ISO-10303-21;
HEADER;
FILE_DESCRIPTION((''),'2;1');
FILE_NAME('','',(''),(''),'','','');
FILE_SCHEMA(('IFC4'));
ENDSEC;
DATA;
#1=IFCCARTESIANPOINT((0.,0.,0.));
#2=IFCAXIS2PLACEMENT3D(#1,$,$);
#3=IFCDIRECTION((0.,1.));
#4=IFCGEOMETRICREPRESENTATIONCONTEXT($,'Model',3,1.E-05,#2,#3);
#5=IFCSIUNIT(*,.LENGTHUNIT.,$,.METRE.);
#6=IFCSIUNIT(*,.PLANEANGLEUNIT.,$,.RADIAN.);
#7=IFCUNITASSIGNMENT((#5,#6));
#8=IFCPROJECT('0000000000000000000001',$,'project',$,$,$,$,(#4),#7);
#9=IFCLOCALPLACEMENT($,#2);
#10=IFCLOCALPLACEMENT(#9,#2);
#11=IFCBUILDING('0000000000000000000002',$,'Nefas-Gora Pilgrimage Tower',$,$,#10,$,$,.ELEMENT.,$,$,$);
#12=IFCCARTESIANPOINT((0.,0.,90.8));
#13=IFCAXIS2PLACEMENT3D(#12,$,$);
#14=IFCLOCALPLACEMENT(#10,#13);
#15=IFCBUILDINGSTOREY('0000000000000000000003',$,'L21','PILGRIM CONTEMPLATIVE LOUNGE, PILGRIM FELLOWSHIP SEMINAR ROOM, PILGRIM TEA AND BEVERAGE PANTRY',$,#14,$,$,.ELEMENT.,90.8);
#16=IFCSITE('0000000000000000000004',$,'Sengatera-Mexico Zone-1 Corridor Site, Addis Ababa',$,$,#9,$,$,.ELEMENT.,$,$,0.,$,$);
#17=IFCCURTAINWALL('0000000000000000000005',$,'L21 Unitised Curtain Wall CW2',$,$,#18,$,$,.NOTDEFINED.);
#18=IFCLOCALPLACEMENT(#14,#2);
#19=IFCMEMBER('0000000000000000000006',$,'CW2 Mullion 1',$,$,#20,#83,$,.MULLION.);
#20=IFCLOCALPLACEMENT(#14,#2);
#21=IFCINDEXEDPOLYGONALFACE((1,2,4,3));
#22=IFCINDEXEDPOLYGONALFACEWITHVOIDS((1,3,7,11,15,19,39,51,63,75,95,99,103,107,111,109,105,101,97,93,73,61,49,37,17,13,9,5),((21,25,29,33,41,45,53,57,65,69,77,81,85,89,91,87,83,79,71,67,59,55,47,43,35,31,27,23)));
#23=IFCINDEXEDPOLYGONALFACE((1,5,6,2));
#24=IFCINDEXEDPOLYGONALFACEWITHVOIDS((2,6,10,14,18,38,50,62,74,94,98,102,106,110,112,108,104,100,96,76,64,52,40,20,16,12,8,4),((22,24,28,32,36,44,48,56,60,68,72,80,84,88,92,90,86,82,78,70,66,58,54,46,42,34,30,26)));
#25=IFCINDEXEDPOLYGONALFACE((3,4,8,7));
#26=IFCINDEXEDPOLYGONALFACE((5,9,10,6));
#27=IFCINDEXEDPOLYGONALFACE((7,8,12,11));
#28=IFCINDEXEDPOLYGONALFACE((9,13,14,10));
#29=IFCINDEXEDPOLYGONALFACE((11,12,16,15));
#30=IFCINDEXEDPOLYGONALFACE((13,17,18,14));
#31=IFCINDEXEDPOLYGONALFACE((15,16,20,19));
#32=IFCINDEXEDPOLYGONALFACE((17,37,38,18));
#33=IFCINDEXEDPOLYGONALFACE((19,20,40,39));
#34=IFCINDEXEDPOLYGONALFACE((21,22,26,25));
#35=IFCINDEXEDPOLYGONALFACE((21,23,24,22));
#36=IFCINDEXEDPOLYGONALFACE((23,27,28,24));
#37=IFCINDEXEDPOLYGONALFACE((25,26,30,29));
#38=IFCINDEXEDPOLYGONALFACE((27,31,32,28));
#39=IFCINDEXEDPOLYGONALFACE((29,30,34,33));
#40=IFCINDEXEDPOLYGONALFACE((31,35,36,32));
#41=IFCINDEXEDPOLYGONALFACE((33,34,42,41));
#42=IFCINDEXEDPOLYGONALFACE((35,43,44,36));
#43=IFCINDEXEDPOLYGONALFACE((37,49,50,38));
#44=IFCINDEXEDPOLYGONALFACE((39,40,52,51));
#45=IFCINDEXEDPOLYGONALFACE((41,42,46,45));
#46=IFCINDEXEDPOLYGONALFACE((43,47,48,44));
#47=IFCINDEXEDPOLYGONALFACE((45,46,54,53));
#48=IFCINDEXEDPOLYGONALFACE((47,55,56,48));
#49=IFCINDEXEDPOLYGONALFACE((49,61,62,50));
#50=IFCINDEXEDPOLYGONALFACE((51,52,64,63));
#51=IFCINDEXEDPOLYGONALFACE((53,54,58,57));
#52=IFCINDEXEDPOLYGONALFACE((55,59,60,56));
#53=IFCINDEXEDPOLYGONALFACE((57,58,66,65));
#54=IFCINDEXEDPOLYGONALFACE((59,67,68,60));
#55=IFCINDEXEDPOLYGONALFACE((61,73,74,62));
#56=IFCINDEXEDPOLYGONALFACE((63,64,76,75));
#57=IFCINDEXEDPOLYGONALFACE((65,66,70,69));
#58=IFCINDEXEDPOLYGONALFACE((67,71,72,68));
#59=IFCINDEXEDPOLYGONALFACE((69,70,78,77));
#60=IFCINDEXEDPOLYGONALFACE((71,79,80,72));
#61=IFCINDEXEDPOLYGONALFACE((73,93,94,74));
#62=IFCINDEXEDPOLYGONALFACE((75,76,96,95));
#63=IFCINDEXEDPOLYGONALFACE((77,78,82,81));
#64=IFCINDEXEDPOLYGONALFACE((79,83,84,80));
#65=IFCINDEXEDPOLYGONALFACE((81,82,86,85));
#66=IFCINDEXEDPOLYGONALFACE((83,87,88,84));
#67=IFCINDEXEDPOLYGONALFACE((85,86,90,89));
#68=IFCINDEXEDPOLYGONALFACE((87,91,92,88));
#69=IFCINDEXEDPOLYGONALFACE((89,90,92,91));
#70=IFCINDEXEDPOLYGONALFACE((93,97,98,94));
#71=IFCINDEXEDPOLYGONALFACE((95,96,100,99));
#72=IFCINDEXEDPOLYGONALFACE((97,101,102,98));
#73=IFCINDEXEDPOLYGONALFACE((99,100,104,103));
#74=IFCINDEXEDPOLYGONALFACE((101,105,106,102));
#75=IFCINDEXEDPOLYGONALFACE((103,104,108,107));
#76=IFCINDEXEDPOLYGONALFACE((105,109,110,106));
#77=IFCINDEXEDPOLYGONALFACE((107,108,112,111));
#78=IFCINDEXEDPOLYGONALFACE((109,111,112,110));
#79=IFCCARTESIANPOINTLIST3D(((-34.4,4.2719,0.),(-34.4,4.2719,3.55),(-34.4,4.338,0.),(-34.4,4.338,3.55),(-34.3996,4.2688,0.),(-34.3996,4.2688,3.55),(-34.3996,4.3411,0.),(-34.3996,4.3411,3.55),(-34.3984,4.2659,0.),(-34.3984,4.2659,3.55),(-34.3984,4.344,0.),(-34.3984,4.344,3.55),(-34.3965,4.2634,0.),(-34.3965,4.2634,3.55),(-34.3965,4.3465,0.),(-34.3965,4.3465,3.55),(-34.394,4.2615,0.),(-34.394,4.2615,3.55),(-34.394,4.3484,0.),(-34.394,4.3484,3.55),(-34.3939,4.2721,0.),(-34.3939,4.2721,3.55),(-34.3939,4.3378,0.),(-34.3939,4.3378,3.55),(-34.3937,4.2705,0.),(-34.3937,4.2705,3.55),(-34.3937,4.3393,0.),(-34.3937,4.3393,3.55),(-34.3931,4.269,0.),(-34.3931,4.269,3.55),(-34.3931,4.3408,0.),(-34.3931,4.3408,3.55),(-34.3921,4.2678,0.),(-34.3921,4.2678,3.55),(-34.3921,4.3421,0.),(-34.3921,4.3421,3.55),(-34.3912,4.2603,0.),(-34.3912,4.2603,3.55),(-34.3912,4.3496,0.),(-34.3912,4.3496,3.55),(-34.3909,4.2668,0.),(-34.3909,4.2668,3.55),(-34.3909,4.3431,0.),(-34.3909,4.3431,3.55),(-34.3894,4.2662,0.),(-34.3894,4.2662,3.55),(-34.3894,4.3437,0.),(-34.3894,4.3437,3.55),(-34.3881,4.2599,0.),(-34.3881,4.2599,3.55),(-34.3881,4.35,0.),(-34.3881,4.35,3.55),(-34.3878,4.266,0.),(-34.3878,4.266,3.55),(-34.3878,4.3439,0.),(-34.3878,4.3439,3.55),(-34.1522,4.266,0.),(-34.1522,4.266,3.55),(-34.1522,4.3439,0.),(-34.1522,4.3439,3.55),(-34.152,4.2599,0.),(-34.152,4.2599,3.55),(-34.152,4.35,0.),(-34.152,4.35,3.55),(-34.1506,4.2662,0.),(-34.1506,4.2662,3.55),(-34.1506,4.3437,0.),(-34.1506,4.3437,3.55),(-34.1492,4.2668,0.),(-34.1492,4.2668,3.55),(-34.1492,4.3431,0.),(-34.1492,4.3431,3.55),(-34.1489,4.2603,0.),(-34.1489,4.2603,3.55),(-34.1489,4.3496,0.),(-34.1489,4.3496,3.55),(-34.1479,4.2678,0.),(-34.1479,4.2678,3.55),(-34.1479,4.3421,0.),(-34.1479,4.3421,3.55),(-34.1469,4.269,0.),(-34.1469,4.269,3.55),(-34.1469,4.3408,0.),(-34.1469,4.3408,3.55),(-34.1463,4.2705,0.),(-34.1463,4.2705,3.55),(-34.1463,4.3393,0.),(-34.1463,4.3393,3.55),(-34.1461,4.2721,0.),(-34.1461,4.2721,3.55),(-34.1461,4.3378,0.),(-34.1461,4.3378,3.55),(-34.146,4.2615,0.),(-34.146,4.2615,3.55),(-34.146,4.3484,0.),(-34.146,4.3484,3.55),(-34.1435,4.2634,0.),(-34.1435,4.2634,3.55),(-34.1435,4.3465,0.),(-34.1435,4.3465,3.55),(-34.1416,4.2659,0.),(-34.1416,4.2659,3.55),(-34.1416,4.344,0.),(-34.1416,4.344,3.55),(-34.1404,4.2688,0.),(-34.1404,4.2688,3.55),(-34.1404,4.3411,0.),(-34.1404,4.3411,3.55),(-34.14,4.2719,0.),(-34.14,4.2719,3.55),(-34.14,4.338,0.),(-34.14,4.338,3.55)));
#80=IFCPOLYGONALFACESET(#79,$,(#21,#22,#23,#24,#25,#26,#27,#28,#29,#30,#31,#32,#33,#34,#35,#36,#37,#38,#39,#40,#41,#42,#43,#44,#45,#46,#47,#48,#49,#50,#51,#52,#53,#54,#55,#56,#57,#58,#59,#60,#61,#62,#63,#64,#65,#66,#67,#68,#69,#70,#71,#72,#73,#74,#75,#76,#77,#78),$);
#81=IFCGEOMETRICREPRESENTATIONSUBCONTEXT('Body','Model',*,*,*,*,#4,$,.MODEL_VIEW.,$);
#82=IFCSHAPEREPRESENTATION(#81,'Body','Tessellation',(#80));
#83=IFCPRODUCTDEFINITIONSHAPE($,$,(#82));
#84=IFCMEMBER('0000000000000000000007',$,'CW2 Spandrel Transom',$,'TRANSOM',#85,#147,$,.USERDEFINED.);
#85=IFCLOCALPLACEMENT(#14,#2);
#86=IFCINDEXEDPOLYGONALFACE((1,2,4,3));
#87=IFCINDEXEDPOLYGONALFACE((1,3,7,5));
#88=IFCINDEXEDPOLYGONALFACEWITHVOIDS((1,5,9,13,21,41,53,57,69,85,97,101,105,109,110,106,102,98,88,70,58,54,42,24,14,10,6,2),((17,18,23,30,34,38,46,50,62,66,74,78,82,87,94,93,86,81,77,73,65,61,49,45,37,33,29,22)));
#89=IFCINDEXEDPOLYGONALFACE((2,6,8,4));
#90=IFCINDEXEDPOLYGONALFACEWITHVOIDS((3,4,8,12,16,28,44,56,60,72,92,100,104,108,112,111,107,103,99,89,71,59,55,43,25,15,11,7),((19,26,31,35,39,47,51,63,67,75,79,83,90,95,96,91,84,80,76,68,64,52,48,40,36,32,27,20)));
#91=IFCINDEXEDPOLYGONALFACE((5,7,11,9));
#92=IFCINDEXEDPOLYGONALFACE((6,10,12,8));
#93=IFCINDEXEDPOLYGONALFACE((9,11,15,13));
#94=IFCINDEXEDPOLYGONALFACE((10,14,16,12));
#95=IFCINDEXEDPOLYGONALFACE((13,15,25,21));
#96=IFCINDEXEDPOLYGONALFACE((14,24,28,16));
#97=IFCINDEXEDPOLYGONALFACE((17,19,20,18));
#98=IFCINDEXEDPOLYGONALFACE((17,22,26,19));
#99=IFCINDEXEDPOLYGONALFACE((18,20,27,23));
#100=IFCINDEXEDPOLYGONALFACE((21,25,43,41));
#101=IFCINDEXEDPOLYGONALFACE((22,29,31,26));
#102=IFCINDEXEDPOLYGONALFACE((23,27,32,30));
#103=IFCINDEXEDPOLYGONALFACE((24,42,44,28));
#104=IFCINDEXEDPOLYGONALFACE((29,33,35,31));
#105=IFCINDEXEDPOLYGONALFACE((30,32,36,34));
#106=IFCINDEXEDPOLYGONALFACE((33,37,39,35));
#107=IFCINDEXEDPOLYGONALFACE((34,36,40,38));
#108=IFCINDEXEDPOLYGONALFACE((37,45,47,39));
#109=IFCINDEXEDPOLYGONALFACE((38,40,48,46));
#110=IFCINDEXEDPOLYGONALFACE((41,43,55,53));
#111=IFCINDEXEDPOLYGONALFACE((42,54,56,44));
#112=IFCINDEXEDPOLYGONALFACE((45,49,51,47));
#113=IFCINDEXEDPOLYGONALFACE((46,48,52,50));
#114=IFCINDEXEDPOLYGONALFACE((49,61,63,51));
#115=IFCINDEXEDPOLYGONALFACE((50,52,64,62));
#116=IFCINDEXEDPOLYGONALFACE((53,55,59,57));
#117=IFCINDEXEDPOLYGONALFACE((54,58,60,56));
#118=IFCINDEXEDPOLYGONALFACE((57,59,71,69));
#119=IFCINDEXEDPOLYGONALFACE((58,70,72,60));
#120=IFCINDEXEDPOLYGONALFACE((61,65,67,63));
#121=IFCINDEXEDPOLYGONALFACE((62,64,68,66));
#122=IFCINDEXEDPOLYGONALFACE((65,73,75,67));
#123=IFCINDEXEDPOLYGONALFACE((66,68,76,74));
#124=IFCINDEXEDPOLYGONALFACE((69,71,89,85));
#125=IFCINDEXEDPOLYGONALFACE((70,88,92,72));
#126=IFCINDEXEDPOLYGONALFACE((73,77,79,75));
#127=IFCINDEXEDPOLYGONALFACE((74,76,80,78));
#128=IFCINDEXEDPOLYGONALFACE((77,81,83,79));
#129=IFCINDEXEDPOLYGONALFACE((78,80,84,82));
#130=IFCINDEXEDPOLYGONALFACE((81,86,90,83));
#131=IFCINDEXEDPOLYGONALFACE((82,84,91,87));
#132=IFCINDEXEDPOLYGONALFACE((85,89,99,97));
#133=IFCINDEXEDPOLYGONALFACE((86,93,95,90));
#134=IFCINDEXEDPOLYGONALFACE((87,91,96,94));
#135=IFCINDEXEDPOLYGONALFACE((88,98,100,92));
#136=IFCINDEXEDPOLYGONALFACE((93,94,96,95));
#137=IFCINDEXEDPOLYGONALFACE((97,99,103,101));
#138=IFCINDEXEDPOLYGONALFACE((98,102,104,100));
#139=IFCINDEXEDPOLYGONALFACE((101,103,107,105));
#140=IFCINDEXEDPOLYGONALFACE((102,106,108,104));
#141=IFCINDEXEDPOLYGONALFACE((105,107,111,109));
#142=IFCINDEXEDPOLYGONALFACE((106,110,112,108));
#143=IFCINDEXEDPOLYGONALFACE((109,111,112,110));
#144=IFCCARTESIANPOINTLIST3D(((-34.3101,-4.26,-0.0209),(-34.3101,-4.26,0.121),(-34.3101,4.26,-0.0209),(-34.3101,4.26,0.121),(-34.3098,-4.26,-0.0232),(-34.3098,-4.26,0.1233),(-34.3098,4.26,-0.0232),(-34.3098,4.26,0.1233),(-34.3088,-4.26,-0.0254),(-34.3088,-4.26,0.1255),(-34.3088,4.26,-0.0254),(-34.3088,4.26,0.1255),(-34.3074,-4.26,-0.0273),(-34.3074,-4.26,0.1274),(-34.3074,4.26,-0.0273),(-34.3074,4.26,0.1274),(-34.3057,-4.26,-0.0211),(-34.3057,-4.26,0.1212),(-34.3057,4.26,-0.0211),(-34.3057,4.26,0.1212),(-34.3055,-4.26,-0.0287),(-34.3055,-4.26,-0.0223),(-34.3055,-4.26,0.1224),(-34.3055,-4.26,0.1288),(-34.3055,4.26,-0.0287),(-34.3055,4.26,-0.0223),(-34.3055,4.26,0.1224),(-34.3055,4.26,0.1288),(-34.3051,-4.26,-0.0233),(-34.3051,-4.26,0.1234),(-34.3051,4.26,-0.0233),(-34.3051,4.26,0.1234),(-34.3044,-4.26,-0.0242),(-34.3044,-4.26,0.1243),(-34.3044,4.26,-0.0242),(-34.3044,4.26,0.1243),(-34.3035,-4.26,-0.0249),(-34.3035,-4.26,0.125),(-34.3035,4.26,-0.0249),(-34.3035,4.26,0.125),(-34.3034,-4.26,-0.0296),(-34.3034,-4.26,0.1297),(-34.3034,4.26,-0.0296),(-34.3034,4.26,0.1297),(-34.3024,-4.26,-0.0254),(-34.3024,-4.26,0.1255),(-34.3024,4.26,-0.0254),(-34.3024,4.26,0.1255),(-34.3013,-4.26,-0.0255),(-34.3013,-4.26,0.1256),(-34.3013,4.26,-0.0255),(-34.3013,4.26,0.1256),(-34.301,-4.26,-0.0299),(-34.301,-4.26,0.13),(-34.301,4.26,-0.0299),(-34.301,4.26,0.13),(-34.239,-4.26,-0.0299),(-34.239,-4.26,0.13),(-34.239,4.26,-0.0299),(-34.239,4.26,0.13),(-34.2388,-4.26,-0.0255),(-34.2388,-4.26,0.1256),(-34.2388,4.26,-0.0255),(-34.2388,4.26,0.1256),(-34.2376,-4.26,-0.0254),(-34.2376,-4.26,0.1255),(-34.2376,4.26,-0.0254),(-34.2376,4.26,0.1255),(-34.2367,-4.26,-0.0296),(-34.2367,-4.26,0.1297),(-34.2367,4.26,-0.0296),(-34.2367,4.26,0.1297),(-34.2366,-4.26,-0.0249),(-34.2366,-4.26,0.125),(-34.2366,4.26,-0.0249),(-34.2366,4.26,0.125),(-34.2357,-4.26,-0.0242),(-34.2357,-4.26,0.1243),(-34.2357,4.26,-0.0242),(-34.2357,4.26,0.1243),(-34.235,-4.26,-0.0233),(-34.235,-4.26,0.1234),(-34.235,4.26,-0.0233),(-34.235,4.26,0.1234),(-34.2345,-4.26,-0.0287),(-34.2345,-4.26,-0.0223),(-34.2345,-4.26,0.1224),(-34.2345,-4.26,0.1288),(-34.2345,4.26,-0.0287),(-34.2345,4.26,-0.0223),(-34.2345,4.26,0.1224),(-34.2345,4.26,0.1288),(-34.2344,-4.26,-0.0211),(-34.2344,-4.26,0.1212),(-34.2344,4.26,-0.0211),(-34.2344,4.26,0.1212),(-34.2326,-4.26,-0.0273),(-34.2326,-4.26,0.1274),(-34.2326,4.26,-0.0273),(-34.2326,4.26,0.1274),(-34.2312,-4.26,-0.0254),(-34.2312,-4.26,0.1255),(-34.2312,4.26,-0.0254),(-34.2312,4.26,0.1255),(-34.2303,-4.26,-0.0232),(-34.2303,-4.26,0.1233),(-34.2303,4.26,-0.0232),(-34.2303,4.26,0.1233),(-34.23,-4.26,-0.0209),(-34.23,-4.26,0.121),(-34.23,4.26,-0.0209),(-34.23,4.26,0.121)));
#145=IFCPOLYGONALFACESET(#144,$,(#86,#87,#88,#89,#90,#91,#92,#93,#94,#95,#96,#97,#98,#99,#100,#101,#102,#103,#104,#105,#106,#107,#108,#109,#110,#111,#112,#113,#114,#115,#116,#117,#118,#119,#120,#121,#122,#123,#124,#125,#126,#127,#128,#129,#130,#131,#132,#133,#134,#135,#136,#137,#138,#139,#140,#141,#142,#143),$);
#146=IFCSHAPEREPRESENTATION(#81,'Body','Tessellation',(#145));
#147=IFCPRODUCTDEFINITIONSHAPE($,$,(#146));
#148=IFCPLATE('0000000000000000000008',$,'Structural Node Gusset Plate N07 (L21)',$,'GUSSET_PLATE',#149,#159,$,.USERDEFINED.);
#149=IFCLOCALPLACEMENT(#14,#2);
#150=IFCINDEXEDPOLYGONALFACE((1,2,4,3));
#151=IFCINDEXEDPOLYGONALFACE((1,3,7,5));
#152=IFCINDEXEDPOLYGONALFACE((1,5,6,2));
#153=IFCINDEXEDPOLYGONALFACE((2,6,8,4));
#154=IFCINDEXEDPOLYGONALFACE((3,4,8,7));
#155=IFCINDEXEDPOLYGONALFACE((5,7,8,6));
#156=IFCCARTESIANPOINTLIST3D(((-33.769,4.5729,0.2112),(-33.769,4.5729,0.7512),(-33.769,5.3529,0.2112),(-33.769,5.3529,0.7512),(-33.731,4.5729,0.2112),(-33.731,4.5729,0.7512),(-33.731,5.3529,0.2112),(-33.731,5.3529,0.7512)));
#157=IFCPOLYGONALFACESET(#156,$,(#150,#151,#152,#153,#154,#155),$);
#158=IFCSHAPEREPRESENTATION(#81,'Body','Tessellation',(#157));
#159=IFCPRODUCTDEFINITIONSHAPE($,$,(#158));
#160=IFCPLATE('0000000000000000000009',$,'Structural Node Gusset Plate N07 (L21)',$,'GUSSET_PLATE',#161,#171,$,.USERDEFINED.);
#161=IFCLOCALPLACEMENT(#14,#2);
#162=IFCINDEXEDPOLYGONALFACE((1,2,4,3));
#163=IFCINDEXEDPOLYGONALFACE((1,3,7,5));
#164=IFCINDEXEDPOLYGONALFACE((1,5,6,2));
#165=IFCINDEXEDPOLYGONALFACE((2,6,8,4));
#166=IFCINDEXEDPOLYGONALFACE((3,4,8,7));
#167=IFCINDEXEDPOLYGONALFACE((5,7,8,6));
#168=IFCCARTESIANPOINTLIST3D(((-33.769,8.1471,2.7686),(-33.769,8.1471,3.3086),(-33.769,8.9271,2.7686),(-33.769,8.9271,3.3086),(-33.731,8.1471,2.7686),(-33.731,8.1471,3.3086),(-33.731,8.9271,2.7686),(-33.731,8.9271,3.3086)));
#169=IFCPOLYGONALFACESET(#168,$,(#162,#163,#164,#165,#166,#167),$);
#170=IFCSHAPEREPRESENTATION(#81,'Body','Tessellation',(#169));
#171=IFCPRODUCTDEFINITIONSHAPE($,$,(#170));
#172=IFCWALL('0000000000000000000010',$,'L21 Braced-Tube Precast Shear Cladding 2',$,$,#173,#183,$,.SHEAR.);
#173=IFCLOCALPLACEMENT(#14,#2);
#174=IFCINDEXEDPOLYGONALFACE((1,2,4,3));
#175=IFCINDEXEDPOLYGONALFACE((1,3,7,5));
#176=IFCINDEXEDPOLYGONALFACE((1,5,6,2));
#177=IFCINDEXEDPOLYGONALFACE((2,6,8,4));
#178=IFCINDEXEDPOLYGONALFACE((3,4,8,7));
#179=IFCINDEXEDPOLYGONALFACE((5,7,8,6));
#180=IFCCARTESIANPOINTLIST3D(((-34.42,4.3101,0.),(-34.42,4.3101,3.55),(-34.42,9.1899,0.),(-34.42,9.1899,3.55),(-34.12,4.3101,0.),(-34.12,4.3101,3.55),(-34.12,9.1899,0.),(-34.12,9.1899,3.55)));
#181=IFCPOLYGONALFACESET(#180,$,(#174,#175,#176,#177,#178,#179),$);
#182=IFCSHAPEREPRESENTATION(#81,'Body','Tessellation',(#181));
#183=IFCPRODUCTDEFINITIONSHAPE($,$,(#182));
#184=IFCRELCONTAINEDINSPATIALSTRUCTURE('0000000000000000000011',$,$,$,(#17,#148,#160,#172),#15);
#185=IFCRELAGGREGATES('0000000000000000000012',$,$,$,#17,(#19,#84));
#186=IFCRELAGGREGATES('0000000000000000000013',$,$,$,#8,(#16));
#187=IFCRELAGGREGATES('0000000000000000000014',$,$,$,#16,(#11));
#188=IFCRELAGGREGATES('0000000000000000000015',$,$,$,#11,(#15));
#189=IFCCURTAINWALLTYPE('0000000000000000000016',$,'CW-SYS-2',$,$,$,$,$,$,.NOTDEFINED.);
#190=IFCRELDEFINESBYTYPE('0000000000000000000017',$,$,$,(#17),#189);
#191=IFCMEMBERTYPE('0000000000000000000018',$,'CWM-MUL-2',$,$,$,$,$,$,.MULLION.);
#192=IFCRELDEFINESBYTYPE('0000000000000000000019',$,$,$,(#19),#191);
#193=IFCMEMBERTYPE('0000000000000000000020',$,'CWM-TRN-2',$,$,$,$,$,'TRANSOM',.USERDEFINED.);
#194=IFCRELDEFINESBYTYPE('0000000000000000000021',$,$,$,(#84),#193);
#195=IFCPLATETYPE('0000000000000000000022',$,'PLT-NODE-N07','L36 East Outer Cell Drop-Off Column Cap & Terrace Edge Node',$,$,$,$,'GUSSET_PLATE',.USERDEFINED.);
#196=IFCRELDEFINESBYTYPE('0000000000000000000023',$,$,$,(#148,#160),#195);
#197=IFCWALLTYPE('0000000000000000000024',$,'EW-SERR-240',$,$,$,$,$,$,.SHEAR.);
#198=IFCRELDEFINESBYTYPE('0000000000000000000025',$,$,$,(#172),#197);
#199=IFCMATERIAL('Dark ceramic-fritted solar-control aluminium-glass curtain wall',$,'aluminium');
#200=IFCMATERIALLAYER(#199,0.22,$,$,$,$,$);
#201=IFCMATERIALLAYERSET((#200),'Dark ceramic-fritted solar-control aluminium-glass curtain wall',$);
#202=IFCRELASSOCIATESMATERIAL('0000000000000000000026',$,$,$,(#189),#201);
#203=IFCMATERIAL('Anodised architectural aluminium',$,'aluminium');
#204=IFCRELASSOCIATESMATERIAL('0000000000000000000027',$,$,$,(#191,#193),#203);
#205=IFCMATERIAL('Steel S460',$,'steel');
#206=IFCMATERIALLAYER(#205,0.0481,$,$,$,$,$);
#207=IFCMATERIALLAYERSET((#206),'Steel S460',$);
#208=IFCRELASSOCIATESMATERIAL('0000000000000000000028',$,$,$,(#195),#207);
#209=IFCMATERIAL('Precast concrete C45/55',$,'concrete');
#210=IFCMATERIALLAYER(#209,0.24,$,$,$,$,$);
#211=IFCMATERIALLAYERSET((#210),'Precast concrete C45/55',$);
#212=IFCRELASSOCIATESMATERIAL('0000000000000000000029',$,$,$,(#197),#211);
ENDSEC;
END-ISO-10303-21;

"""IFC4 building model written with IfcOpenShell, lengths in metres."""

from ifc_helpers import new_model, si_unit, direction, frame, frame_2d, origin, origin_2d, place, context, subcontext, project, spatial, rectangle, hollow_rectangle, extrude, source, transform, mapped, material, layer, layer_set, material_profile, profile_set, type_object, element, aggregate, save


model = new_model("IFC4")

# Units and contexts
model_context = context("Model", 3, precision=1e-05, world=origin(), true_north=direction((0.0, 1.0)))
body_context = subcontext(model_context, "Body", "Model", "MODEL_VIEW")
ifc_project = project(units=[si_unit("LENGTHUNIT", "METRE"), si_unit("PLANEANGLEUNIT", "RADIAN")], contexts=[model_context])

# Site, building, storey
site_placement = place(None, origin())
site = spatial("IfcSite", under=ifc_project, at=site_placement, Name="Sengatera-Mexico Zone-1 Corridor Site, Addis Ababa", CompositionType="ELEMENT", RefElevation=0.0)
building_placement = place(site_placement, origin())
building = spatial("IfcBuilding", under=site, at=building_placement, Name="Nefas-Gora Pilgrimage Tower", CompositionType="ELEMENT")
storey_placement = place(building_placement, frame((0.0, 0.0, 90.8)))
storey = spatial("IfcBuildingStorey", under=building, at=storey_placement, Name="L21", Description="PILGRIM CONTEMPLATIVE LOUNGE, PILGRIM FELLOWSHIP SEMINAR ROOM, PILGRIM TEA AND BEVERAGE PANTRY", CompositionType="ELEMENT", Elevation=90.8)

# Shared definitions
ifc_material_1 = material(Name="Steel S460", Category="steel")

# Curtain wall, members
ifc_material_2 = material(Name="Dark ceramic-fritted solar-control aluminium-glass curtain wall", Category="aluminium")
ifc_layer_1 = layer(ifc_material_2, 0.22)
ifc_layer_set_1 = layer_set([ifc_layer_1], Name="Dark ceramic-fritted solar-control aluminium-glass curtain wall")
curtain_wall_type = type_object("IfcCurtainWallType", Name="CW-SYS-2", PredefinedType="NOTDEFINED", material=ifc_layer_set_1)
curtain_wall_placement = place(storey_placement, origin())
curtain_wall = element("IfcCurtainWall", 1, at=curtain_wall_placement, inside=storey, type_object=curtain_wall_type, Name="L21 Unitised Curtain Wall CW2", PredefinedType="NOTDEFINED")
ifc_material_3 = material(Name="Anodised architectural aluminium", Category="aluminium")
ifc_material_profile_1 = material_profile(ifc_material_3, hollow_rectangle(XDim=0.0901, YDim=0.26, WallThickness=0.0061, InnerFilletRadius=0.0061, OuterFilletRadius=0.012, at=origin_2d()), Name="ALU MULLION 90x260")
ifc_profile_set_1 = profile_set([ifc_material_profile_1], Name="Anodised architectural aluminium")
member_type_1 = type_object("IfcMemberType", Name="CWM-MUL-2", PredefinedType="MULLION", material=ifc_profile_set_1)
shared_shape_1 = source(origin(), body_context, "Body", "SweptSolid", [
    extrude(hollow_rectangle(XDim=0.0901, YDim=0.26, WallThickness=0.0061, InnerFilletRadius=0.0061, OuterFilletRadius=0.012, at=origin_2d()), origin(), (0.0, 0.0, 1.0), 3.55),
])
member_1_placement = place(storey_placement, frame((-34.27, 4.3049, 0.0), z_axis=(0.0, 0.0, 1.0), x_axis=(0.0, -1.0, 0.0)))
member_1 = element("IfcMember", 2, at=member_1_placement, type_object=member_type_1, Name="CW2 Mullion 1", PredefinedType="MULLION", context=body_context, shape_type="MappedRepresentation", body=[
    mapped(shared_shape_1, transform((0.0, 0.0, 0.0), x_axis=(1.0, 0.0, 0.0), y_axis=(0.0, 1.0, 0.0), z_axis=(0.0, 0.0, 1.0), scale=1.0)),
])
ifc_material_profile_2 = material_profile(ifc_material_3, hollow_rectangle(XDim=0.0801, YDim=0.1599, WallThickness=0.0044, InnerFilletRadius=0.0044, OuterFilletRadius=0.009, at=origin_2d()), Name="ALU TRANSOM 80x160")
ifc_profile_set_2 = profile_set([ifc_material_profile_2], Name="Anodised architectural aluminium")
member_type_2 = type_object("IfcMemberType", Name="CWM-TRN-2", ElementType="TRANSOM", PredefinedType="USERDEFINED", material=ifc_profile_set_2)
shared_shape_2 = source(origin(), body_context, "Body", "SweptSolid", [
    extrude(hollow_rectangle(XDim=0.0801, YDim=0.1599, WallThickness=0.0044, InnerFilletRadius=0.0044, OuterFilletRadius=0.009, at=origin_2d()), origin(), (0.0, 0.0, 1.0), 8.52),
])
member_2_placement = place(storey_placement, frame((-34.27, 4.26, 0.05), z_axis=(0.0, -1.0, 0.0), x_axis=(1.0, 0.0, 0.0)))
member_2 = element("IfcMember", 3, at=member_2_placement, type_object=member_type_2, Name="CW2 Spandrel Transom", ObjectType="TRANSOM", PredefinedType="USERDEFINED", context=body_context, shape_type="MappedRepresentation", body=[
    mapped(shared_shape_2, transform((0.0, 0.0, 0.0), x_axis=(1.0, 0.0, 0.0), y_axis=(0.0, 1.0, 0.0), z_axis=(0.0, 0.0, 1.0), scale=1.0)),
])
aggregate(curtain_wall, [member_1, member_2])

# Plates
ifc_layer_2 = layer(ifc_material_1, 0.0481)
ifc_layer_set_2 = layer_set([ifc_layer_2], Name="Steel S460")
plate_type = type_object("IfcPlateType", Name="PLT-NODE-N07", Description="L36 East Outer Cell Drop-Off Column Cap & Terrace Edge Node", ElementType="GUSSET_PLATE", PredefinedType="USERDEFINED", material=ifc_layer_set_2)
shared_shape_3 = source(origin(), body_context, "Body", "SweptSolid", [
    extrude(rectangle(XDim=0.78, YDim=0.0381, at=origin_2d()), origin(), (0.0, 0.0, 1.0), 0.54),
])
for number, where, z_axis, x_axis, name in (
    (4, (-33.75, 4.9629, 0.2112), (0.0, 0.0, 1.0), (0.0, 1.0, 0.0), "Structural Node Gusset Plate N07 (L21)"),
    (5, (-33.75, 8.5371, 2.7686), (0.0, 0.0, 1.0), (0.0, 1.0, 0.0), "Structural Node Gusset Plate N07 (L21)"),
):
    element("IfcPlate", number, at=place(storey_placement, frame(where, z_axis=z_axis, x_axis=x_axis)), inside=storey, type_object=plate_type, Name=name, ObjectType="GUSSET_PLATE", PredefinedType="USERDEFINED", context=body_context, shape_type="MappedRepresentation", body=[
        mapped(shared_shape_3, transform((0.0, 0.0, 0.0), x_axis=(1.0, 0.0, 0.0), y_axis=(0.0, 1.0, 0.0), z_axis=(0.0, 0.0, 1.0), scale=1.0)),
    ])

# Wall
ifc_material_4 = material(Name="Precast concrete C45/55", Category="concrete")
ifc_layer_3 = layer(ifc_material_4, 0.24)
ifc_layer_set_3 = layer_set([ifc_layer_3], Name="Precast concrete C45/55")
wall_type_1 = type_object("IfcWallType", Name="EW-SERR-240", PredefinedType="SHEAR", material=ifc_layer_set_3)
shared_shape_4 = source(origin(), body_context, "Body", "SweptSolid", [
    extrude(rectangle(XDim=4.8799, YDim=0.3, at=frame_2d((2.4399, 0.0))), origin(), (0.0, 0.0, 1.0), 3.55),
])
wall_1_placement = place(storey_placement, frame((-34.27, 4.3101, 0.0), z_axis=(0.0, 0.0, 1.0), x_axis=(0.0, 1.0, 0.0)))
element("IfcWall", 6, at=wall_1_placement, inside=storey, type_object=wall_type_1, Name="L21 Braced-Tube Precast Shear Cladding 2", PredefinedType="SHEAR", context=body_context, shape_type="MappedRepresentation", body=[
    mapped(shared_shape_4, transform((0.0, 0.0, 0.0), x_axis=(1.0, 0.0, 0.0), y_axis=(0.0, 1.0, 0.0), z_axis=(0.0, 0.0, 1.0), scale=1.0)),
])

save(model, "model.ifc")
